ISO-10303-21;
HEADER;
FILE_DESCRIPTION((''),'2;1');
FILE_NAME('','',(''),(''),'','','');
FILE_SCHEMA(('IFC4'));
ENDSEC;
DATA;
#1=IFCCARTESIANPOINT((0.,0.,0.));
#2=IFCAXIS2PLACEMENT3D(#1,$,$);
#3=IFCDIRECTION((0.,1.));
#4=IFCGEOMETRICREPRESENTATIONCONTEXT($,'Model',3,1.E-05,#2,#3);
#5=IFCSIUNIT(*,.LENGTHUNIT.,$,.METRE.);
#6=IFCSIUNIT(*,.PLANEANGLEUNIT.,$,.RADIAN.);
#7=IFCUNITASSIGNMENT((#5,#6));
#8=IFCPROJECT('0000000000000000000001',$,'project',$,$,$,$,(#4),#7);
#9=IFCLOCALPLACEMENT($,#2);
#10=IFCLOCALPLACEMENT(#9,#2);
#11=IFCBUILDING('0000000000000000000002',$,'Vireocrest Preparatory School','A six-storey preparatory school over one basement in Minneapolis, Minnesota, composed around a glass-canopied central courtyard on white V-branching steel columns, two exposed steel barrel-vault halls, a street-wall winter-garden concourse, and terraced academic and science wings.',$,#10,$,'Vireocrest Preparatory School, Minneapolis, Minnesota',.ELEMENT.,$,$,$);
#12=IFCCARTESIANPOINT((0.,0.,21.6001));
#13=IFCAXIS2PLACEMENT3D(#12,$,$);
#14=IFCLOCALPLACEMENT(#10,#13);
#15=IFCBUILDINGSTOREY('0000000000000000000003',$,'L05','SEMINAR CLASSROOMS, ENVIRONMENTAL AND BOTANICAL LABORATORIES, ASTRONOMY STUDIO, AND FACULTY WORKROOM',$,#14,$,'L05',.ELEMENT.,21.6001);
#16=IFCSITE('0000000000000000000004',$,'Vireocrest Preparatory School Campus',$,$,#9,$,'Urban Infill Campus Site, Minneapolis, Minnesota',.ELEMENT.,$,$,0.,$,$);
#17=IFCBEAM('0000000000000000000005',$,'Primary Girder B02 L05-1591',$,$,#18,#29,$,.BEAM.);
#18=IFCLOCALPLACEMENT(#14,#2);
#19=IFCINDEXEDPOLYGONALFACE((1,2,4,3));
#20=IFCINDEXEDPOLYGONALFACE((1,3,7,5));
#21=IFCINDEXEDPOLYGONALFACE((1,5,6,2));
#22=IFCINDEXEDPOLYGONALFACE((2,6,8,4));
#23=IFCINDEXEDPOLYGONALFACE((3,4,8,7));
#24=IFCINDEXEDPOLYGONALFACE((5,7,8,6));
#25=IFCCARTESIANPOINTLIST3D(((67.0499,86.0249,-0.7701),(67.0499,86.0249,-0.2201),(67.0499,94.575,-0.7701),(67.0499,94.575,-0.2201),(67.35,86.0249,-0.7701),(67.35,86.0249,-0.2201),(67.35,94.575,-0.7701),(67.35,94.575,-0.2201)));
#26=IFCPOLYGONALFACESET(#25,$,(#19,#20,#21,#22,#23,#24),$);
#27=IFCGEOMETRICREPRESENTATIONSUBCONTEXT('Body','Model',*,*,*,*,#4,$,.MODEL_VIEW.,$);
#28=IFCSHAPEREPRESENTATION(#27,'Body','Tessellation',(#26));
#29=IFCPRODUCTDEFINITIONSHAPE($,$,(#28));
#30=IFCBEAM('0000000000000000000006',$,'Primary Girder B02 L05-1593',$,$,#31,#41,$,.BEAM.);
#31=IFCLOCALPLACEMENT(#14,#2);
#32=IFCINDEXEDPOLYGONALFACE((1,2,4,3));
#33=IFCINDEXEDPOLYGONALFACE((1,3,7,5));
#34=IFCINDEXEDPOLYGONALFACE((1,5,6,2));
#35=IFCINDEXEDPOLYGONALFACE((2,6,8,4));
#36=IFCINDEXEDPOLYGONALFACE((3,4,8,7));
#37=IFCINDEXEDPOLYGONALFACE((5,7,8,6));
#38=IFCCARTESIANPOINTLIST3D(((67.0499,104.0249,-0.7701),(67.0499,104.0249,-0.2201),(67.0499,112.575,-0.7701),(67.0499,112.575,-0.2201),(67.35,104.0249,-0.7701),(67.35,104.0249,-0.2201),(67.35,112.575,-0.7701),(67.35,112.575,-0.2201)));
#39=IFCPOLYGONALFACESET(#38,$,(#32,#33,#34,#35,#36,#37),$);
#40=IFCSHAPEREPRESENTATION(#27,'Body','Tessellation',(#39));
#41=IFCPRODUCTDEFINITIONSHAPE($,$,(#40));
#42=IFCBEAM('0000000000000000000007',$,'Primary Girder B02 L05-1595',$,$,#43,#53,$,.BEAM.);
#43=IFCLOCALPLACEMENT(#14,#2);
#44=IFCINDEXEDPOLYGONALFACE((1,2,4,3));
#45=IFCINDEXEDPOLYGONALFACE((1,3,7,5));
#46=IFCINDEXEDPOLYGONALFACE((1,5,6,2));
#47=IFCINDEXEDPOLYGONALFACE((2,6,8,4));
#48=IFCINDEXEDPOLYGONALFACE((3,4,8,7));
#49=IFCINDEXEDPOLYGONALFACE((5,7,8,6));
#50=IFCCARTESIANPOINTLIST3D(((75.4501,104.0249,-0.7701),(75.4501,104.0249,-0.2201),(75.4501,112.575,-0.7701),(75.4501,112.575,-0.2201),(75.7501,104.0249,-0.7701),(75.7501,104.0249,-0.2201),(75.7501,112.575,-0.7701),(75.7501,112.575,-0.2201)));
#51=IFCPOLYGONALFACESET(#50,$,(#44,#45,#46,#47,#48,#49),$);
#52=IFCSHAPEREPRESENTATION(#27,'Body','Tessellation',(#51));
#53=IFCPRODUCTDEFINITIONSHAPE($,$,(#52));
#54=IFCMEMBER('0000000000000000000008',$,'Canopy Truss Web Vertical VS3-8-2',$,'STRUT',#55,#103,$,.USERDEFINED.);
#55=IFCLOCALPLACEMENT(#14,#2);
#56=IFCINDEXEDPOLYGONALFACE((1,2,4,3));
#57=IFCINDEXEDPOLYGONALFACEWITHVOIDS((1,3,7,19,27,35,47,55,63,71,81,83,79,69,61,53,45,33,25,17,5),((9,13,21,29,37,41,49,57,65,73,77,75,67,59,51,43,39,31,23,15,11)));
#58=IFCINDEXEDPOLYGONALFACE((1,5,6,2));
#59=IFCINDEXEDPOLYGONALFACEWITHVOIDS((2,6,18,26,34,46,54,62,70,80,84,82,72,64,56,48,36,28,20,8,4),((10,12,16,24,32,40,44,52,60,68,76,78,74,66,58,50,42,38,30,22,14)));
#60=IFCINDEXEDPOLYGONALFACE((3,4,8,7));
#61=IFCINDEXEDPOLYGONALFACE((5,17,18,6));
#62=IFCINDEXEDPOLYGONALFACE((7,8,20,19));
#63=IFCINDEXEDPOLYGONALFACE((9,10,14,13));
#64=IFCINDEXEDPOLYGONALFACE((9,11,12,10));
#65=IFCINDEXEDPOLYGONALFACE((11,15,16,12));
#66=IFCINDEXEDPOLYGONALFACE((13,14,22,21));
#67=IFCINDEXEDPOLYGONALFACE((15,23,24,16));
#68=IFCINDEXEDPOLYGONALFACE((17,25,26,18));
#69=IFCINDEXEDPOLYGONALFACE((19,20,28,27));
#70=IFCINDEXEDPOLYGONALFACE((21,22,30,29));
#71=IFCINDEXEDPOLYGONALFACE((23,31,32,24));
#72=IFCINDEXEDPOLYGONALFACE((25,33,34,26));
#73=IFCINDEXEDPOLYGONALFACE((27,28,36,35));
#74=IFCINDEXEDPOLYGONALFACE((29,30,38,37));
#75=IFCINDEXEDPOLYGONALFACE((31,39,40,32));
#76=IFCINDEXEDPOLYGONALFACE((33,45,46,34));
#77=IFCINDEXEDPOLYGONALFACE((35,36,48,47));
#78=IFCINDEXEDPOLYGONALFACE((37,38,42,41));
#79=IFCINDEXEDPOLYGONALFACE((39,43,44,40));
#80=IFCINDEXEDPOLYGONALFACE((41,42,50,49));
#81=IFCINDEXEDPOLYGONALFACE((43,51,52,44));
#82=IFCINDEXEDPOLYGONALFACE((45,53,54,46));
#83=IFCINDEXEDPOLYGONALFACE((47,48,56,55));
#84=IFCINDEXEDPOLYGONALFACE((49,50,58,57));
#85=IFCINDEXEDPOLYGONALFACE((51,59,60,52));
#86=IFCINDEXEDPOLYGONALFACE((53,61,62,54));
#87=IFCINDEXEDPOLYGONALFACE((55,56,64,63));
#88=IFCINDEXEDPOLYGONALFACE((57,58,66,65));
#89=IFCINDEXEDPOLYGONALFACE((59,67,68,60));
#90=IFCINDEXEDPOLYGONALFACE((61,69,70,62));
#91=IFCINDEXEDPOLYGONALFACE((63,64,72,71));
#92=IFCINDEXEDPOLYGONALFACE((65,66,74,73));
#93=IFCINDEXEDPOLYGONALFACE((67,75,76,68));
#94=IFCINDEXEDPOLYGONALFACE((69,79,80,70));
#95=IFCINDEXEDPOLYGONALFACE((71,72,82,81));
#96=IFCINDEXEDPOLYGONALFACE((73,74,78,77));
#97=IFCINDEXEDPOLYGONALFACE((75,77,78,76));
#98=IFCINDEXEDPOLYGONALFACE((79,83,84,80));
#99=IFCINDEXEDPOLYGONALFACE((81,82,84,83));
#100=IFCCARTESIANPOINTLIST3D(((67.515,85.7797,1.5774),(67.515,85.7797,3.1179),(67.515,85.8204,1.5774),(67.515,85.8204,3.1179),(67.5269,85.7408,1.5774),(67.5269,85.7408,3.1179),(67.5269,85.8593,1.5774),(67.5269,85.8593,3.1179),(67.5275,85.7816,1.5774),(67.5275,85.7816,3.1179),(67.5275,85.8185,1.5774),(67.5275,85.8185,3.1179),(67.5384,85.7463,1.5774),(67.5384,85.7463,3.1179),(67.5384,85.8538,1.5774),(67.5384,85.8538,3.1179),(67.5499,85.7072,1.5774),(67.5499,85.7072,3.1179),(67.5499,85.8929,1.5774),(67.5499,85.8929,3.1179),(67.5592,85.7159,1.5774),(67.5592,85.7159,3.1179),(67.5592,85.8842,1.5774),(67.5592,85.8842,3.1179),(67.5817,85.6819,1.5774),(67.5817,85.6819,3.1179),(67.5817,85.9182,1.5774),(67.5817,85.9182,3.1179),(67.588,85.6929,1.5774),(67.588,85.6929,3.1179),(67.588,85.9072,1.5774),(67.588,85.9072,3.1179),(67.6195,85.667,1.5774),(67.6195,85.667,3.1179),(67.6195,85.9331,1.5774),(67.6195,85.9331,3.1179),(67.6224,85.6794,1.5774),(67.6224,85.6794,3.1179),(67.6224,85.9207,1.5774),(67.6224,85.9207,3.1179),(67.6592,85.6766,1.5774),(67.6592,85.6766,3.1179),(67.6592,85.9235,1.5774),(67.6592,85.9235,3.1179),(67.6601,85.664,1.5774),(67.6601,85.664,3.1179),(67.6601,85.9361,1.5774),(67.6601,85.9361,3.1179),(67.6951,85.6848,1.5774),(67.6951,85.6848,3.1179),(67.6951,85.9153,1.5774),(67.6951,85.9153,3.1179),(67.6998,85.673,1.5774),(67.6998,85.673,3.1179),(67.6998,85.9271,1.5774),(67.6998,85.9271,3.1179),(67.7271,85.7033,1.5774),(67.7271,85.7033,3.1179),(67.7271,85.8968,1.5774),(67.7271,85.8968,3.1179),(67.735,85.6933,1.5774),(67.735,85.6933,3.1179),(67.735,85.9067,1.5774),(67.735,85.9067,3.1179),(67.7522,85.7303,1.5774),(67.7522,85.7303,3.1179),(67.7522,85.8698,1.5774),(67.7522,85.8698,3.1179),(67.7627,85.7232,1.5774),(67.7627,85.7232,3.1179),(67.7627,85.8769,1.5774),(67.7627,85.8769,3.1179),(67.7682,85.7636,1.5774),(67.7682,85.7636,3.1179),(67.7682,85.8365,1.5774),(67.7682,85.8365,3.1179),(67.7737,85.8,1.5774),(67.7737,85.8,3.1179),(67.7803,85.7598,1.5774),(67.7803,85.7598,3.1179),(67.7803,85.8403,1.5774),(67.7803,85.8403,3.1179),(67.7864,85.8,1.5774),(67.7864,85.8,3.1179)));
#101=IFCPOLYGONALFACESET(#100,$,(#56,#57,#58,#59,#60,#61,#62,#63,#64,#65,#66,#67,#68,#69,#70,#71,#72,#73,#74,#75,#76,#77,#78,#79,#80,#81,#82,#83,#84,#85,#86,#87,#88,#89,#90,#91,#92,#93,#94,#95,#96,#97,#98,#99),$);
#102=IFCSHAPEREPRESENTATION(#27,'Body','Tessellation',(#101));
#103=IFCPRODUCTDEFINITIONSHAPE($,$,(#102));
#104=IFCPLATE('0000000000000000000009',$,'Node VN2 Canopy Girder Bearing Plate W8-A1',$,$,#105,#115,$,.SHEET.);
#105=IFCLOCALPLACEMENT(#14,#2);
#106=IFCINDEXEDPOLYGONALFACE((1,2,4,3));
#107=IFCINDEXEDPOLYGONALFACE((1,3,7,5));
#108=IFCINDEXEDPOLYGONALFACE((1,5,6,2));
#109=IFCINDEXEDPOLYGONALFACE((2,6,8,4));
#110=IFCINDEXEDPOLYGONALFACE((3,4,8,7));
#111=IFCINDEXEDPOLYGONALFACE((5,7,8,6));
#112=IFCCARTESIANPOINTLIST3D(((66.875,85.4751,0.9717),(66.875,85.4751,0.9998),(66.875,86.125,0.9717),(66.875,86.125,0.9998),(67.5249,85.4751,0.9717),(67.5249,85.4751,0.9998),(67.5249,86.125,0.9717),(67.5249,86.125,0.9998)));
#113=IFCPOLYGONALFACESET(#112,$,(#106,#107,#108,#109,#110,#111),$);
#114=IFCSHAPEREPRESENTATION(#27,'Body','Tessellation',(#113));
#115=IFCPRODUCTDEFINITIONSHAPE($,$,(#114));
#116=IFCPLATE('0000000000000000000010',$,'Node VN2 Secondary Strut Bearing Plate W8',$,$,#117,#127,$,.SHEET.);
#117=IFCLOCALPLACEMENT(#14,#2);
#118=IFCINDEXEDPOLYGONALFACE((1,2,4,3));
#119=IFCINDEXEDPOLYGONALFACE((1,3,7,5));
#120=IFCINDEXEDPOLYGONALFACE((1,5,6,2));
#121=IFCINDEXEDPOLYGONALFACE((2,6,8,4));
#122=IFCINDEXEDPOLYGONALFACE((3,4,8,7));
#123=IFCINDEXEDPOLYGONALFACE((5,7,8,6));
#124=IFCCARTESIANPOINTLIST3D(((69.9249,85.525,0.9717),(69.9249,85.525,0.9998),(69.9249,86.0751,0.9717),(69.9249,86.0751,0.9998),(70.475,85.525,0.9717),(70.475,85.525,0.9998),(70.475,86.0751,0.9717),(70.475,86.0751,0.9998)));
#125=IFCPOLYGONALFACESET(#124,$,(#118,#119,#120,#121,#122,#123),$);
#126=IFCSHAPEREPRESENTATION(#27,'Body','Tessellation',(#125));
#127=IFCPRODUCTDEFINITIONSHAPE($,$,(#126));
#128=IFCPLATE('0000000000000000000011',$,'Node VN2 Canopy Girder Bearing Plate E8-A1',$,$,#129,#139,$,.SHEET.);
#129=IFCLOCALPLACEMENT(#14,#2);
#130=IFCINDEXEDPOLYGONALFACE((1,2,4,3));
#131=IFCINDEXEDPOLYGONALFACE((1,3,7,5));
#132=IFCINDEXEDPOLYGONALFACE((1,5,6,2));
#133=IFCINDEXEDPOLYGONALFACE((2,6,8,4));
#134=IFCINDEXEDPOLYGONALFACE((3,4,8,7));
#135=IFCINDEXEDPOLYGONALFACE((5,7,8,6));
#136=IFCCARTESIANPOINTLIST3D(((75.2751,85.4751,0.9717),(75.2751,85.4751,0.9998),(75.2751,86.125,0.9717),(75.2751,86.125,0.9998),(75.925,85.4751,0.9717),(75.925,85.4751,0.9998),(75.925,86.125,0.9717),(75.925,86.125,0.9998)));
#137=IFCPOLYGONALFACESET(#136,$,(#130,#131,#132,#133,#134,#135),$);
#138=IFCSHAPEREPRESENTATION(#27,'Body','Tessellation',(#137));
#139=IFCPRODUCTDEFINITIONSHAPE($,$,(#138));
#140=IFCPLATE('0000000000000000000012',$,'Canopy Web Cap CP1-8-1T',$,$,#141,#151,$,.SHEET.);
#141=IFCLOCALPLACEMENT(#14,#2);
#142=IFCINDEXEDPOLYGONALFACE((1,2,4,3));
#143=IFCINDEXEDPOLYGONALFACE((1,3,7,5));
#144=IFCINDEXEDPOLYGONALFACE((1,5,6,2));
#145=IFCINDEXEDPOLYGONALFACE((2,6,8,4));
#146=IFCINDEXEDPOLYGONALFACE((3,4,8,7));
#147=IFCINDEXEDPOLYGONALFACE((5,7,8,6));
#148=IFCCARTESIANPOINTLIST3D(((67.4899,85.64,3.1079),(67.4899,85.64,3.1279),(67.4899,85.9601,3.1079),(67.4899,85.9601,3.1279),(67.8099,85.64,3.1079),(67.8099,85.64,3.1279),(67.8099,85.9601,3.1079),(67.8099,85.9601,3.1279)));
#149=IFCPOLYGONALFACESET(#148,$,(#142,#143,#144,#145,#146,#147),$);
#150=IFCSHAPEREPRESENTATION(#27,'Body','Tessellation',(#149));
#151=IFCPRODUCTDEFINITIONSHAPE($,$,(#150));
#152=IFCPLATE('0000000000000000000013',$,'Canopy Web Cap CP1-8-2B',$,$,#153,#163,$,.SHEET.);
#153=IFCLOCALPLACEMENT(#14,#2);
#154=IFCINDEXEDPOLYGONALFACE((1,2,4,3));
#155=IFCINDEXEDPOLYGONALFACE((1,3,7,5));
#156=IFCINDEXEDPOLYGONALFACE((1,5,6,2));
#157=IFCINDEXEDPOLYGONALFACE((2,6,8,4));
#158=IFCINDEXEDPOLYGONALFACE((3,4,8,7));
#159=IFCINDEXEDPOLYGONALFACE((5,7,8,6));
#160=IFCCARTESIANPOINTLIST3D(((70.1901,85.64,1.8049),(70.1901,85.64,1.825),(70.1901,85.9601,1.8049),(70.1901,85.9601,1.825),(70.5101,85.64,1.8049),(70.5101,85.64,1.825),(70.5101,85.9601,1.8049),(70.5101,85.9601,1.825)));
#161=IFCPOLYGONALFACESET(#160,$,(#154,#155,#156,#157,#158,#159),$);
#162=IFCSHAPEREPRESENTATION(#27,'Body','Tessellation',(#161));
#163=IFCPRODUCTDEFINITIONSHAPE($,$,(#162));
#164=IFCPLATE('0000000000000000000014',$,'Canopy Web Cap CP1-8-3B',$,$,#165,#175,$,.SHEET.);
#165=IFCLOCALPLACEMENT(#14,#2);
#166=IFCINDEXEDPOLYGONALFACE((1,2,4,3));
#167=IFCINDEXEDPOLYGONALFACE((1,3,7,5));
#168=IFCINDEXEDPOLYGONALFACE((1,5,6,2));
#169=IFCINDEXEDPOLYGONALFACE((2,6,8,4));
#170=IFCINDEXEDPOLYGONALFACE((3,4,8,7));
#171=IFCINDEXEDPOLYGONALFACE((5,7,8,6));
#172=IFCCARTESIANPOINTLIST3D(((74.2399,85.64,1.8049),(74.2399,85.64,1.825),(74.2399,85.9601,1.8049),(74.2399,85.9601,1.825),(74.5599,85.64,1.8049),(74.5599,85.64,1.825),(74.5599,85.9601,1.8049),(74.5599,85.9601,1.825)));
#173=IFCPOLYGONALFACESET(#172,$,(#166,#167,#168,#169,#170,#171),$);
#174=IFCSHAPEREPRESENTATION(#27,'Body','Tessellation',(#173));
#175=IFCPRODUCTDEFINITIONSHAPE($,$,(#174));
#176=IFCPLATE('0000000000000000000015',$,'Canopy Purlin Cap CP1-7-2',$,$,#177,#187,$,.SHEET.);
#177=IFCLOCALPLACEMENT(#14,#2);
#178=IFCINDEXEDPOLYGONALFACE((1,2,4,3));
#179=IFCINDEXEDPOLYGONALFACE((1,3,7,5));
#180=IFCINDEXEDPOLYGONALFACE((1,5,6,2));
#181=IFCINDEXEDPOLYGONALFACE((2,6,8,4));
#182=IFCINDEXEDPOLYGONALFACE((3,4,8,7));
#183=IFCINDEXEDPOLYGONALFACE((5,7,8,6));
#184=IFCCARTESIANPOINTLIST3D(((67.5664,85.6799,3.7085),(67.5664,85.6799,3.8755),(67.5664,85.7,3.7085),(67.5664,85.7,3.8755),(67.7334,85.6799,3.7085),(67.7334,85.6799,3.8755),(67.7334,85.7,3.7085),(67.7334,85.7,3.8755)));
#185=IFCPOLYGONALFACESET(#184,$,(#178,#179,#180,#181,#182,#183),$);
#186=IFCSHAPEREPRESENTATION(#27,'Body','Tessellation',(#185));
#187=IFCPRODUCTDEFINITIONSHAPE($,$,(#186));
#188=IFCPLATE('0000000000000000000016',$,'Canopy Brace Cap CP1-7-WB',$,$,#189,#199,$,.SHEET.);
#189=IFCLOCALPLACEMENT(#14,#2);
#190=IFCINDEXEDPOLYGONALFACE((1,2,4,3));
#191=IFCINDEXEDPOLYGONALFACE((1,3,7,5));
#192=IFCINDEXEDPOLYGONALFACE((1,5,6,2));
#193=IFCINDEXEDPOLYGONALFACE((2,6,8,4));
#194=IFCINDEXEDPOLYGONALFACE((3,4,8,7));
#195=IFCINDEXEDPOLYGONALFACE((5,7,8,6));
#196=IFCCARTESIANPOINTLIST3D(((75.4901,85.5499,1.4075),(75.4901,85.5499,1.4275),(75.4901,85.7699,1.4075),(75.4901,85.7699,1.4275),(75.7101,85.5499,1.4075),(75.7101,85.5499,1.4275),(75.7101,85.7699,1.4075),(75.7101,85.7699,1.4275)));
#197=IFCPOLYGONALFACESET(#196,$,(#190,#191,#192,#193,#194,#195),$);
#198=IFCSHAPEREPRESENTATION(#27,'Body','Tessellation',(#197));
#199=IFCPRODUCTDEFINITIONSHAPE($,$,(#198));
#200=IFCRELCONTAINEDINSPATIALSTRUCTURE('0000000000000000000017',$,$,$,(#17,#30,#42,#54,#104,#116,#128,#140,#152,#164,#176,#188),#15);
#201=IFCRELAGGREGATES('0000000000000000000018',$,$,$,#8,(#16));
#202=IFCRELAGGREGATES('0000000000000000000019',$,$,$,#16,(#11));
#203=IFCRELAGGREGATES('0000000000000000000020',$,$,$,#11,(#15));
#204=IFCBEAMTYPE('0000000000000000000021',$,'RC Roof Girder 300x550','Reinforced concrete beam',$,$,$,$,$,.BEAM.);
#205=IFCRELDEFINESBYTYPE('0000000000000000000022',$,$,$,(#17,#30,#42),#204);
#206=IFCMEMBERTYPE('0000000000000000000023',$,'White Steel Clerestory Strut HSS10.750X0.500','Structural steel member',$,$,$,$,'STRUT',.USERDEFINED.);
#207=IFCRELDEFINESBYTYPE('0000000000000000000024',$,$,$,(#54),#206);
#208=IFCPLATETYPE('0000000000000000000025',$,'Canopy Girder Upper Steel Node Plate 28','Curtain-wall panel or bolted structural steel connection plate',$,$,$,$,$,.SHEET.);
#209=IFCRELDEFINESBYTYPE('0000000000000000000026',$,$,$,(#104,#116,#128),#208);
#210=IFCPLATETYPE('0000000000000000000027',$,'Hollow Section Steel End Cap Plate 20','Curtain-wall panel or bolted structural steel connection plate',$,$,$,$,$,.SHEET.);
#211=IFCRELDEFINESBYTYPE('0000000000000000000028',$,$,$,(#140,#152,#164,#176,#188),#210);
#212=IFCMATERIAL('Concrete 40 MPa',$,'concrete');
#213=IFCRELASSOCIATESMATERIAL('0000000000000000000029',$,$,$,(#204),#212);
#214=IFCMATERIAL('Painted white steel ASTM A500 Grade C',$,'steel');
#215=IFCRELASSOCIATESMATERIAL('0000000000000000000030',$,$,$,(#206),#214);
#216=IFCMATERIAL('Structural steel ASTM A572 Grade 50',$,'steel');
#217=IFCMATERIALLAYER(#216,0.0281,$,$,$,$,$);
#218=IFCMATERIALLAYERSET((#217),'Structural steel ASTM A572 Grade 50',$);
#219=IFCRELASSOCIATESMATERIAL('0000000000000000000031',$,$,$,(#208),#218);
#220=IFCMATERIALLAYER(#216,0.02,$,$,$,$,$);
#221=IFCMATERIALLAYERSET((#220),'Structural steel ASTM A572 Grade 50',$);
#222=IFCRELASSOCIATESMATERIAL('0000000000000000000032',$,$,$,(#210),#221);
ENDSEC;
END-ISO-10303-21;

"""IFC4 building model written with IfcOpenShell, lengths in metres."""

from ifc_helpers import new_model, si_unit, direction, frame, origin, origin_2d, place, context, subcontext, project, spatial, rectangle, hollow_circle, extrude, material, layer, layer_set, material_profile, profile_set, type_object, element, save


model = new_model("IFC4")

# Units and contexts
model_context = context("Model", 3, precision=1e-05, world=origin(), true_north=direction((0.0, 1.0)))
body_context = subcontext(model_context, "Body", "Model", "MODEL_VIEW")
ifc_project = project(units=[si_unit("LENGTHUNIT", "METRE"), si_unit("PLANEANGLEUNIT", "RADIAN")], contexts=[model_context])

# Site, building, storey
site_placement = place(None, origin())
site = spatial("IfcSite", under=ifc_project, at=site_placement, Name="Vireocrest Preparatory School Campus", LongName="Urban Infill Campus Site, Minneapolis, Minnesota", CompositionType="ELEMENT", RefElevation=0.0)
building_placement = place(site_placement, origin())
building = spatial("IfcBuilding", under=site, at=building_placement, Name="Vireocrest Preparatory School", Description="A six-storey preparatory school over one basement in Minneapolis, Minnesota, composed around a glass-canopied central courtyard on white V-branching steel columns, two exposed steel barrel-vault halls, a street-wall winter-garden concourse, and terraced academic and science wings.", LongName="Vireocrest Preparatory School, Minneapolis, Minnesota", CompositionType="ELEMENT")
storey_placement = place(building_placement, frame((0.0, 0.0, 21.6001)))
storey = spatial("IfcBuildingStorey", under=building, at=storey_placement, Name="L05", Description="SEMINAR CLASSROOMS, ENVIRONMENTAL AND BOTANICAL LABORATORIES, ASTRONOMY STUDIO, AND FACULTY WORKROOM", LongName="L05", CompositionType="ELEMENT", Elevation=21.6001)

# Shared definitions
ifc_material_1 = material(Name="Painted white steel ASTM A500 Grade C", Category="steel")

# Beams
ifc_material_2 = material(Name="Concrete 40 MPa", Category="concrete")
ifc_material_profile_1 = material_profile(ifc_material_2, rectangle(XDim=0.3, YDim=0.55, at=origin_2d()), Name="RC 300x550")
ifc_profile_set_1 = profile_set([ifc_material_profile_1], Name="Concrete 40 MPa")
beam_type_1 = type_object("IfcBeamType", Name="RC Roof Girder 300x550", Description="Reinforced concrete beam", PredefinedType="BEAM", material=ifc_profile_set_1)
for number, where, z_axis, x_axis, name in (
    (1, (67.2, 86.0249, -0.4951), (0.0, 1.0, 0.0), (-1.0, 0.0, 0.0), "Primary Girder B02 L05-1591"),
    (2, (67.2, 104.0249, -0.4951), (0.0, 1.0, 0.0), (-1.0, 0.0, 0.0), "Primary Girder B02 L05-1593"),
    (3, (75.6001, 104.0249, -0.4951), (0.0, 1.0, 0.0), (-1.0, 0.0, 0.0), "Primary Girder B02 L05-1595"),
):
    element("IfcBeam", number, at=place(storey_placement, frame(where, z_axis=z_axis, x_axis=x_axis)), inside=storey, type_object=beam_type_1, Name=name, PredefinedType="BEAM", context=body_context, shape_type="SweptSolid", body=[
        extrude(rectangle(XDim=0.3, YDim=0.55, at=origin_2d()), origin(), (0.0, 0.0, 1.0), 8.55),
    ])

# Member
ifc_material_profile_2 = material_profile(ifc_material_1, hollow_circle(Radius=0.1365, WallThickness=0.0127, at=origin_2d()), Name="HSS10.750X0.500")
ifc_profile_set_2 = profile_set([ifc_material_profile_2], Name="Painted white steel ASTM A500 Grade C")
member_type_1 = type_object("IfcMemberType", Name="White Steel Clerestory Strut HSS10.750X0.500", Description="Structural steel member", ElementType="STRUT", PredefinedType="USERDEFINED", material=ifc_profile_set_2)
member_1_placement = place(storey_placement, frame((67.6499, 85.8, 1.5774), z_axis=(0.0, 0.0, 1.0), x_axis=(1.0, 0.0, 0.0)))
element("IfcMember", 4, at=member_1_placement, inside=storey, type_object=member_type_1, Name="Canopy Truss Web Vertical VS3-8-2", ObjectType="STRUT", PredefinedType="USERDEFINED", context=body_context, shape_type="SweptSolid", body=[
    extrude(hollow_circle(Radius=0.1365, WallThickness=0.0127, at=origin_2d()), origin(), (0.0, 0.0, 1.0), 1.5405),
])

# Plates
ifc_material_3 = material(Name="Structural steel ASTM A572 Grade 50", Category="steel")
ifc_layer_1 = layer(ifc_material_3, 0.0281)
ifc_layer_set_1 = layer_set([ifc_layer_1], Name="Structural steel ASTM A572 Grade 50")
plate_type_1 = type_object("IfcPlateType", Name="Canopy Girder Upper Steel Node Plate 28", Description="Curtain-wall panel or bolted structural steel connection plate", PredefinedType="SHEET", material=ifc_layer_set_1)
plate_1_placement = place(storey_placement, frame((67.2, 85.8, 0.9717), z_axis=(0.0, 0.0, 1.0), x_axis=(1.0, 0.0, 0.0)))
element("IfcPlate", 5, at=plate_1_placement, inside=storey, type_object=plate_type_1, Name="Node VN2 Canopy Girder Bearing Plate W8-A1", PredefinedType="SHEET", context=body_context, shape_type="SweptSolid", body=[
    extrude(rectangle(XDim=0.6499, YDim=0.6499, at=origin_2d()), origin(), (0.0, 0.0, 1.0), 0.0281),
])
plate_2_placement = place(storey_placement, frame((70.2, 85.8, 0.9717), z_axis=(0.0, 0.0, 1.0), x_axis=(1.0, 0.0, 0.0)))
element("IfcPlate", 6, at=plate_2_placement, inside=storey, type_object=plate_type_1, Name="Node VN2 Secondary Strut Bearing Plate W8", PredefinedType="SHEET", context=body_context, shape_type="SweptSolid", body=[
    extrude(rectangle(XDim=0.55, YDim=0.55, at=origin_2d()), origin(), (0.0, 0.0, 1.0), 0.0281),
])
plate_3_placement = place(storey_placement, frame((75.6001, 85.8, 0.9717), z_axis=(0.0, 0.0, 1.0), x_axis=(1.0, 0.0, 0.0)))
element("IfcPlate", 7, at=plate_3_placement, inside=storey, type_object=plate_type_1, Name="Node VN2 Canopy Girder Bearing Plate E8-A1", PredefinedType="SHEET", context=body_context, shape_type="SweptSolid", body=[
    extrude(rectangle(XDim=0.6499, YDim=0.6499, at=origin_2d()), origin(), (0.0, 0.0, 1.0), 0.0281),
])
ifc_layer_2 = layer(ifc_material_3, 0.02)
ifc_layer_set_2 = layer_set([ifc_layer_2], Name="Structural steel ASTM A572 Grade 50")
plate_type_2 = type_object("IfcPlateType", Name="Hollow Section Steel End Cap Plate 20", Description="Curtain-wall panel or bolted structural steel connection plate", PredefinedType="SHEET", material=ifc_layer_set_2)
for number, where, z_axis, x_axis, name in (
    (8, (67.6499, 85.8, 3.1079), (0.0, 0.0, 1.0), (1.0, 0.0, 0.0), "Canopy Web Cap CP1-8-1T"),
    (9, (70.3501, 85.8, 1.8049), (0.0, 0.0, 1.0), (1.0, 0.0, 0.0), "Canopy Web Cap CP1-8-2B"),
    (10, (74.3999, 85.8, 1.8049), (0.0, 0.0, 1.0), (1.0, 0.0, 0.0), "Canopy Web Cap CP1-8-3B"),
):
    element("IfcPlate", number, at=place(storey_placement, frame(where, z_axis=z_axis, x_axis=x_axis)), inside=storey, type_object=plate_type_2, Name=name, PredefinedType="SHEET", context=body_context, shape_type="SweptSolid", body=[
        extrude(rectangle(XDim=0.3201, YDim=0.3201, at=origin_2d()), origin(), (0.0, 0.0, 1.0), 0.02),
    ])
plate_4_placement = place(storey_placement, frame((67.6499, 85.6899, 3.7085), z_axis=(0.0, 0.0, 1.0), x_axis=(1.0, 0.0, 0.0)))
element("IfcPlate", 11, at=plate_4_placement, inside=storey, type_object=plate_type_2, Name="Canopy Purlin Cap CP1-7-2", PredefinedType="SHEET", context=body_context, shape_type="SweptSolid", body=[
    extrude(rectangle(XDim=0.167, YDim=0.02, at=origin_2d()), origin(), (0.0, 0.0, 1.0), 0.167),
])
for number, where, z_axis, x_axis, name in (
    (12, (75.6001, 85.6599, 1.4075), (0.0, 0.0, 1.0), (1.0, 0.0, 0.0), "Canopy Brace Cap CP1-7-WB"),
):
    element("IfcPlate", number, at=place(storey_placement, frame(where, z_axis=z_axis, x_axis=x_axis)), inside=storey, type_object=plate_type_2, Name=name, PredefinedType="SHEET", context=body_context, shape_type="SweptSolid", body=[
        extrude(rectangle(XDim=0.22, YDim=0.22, at=origin_2d()), origin(), (0.0, 0.0, 1.0), 0.02),
    ])

save(model, "model.ifc")
